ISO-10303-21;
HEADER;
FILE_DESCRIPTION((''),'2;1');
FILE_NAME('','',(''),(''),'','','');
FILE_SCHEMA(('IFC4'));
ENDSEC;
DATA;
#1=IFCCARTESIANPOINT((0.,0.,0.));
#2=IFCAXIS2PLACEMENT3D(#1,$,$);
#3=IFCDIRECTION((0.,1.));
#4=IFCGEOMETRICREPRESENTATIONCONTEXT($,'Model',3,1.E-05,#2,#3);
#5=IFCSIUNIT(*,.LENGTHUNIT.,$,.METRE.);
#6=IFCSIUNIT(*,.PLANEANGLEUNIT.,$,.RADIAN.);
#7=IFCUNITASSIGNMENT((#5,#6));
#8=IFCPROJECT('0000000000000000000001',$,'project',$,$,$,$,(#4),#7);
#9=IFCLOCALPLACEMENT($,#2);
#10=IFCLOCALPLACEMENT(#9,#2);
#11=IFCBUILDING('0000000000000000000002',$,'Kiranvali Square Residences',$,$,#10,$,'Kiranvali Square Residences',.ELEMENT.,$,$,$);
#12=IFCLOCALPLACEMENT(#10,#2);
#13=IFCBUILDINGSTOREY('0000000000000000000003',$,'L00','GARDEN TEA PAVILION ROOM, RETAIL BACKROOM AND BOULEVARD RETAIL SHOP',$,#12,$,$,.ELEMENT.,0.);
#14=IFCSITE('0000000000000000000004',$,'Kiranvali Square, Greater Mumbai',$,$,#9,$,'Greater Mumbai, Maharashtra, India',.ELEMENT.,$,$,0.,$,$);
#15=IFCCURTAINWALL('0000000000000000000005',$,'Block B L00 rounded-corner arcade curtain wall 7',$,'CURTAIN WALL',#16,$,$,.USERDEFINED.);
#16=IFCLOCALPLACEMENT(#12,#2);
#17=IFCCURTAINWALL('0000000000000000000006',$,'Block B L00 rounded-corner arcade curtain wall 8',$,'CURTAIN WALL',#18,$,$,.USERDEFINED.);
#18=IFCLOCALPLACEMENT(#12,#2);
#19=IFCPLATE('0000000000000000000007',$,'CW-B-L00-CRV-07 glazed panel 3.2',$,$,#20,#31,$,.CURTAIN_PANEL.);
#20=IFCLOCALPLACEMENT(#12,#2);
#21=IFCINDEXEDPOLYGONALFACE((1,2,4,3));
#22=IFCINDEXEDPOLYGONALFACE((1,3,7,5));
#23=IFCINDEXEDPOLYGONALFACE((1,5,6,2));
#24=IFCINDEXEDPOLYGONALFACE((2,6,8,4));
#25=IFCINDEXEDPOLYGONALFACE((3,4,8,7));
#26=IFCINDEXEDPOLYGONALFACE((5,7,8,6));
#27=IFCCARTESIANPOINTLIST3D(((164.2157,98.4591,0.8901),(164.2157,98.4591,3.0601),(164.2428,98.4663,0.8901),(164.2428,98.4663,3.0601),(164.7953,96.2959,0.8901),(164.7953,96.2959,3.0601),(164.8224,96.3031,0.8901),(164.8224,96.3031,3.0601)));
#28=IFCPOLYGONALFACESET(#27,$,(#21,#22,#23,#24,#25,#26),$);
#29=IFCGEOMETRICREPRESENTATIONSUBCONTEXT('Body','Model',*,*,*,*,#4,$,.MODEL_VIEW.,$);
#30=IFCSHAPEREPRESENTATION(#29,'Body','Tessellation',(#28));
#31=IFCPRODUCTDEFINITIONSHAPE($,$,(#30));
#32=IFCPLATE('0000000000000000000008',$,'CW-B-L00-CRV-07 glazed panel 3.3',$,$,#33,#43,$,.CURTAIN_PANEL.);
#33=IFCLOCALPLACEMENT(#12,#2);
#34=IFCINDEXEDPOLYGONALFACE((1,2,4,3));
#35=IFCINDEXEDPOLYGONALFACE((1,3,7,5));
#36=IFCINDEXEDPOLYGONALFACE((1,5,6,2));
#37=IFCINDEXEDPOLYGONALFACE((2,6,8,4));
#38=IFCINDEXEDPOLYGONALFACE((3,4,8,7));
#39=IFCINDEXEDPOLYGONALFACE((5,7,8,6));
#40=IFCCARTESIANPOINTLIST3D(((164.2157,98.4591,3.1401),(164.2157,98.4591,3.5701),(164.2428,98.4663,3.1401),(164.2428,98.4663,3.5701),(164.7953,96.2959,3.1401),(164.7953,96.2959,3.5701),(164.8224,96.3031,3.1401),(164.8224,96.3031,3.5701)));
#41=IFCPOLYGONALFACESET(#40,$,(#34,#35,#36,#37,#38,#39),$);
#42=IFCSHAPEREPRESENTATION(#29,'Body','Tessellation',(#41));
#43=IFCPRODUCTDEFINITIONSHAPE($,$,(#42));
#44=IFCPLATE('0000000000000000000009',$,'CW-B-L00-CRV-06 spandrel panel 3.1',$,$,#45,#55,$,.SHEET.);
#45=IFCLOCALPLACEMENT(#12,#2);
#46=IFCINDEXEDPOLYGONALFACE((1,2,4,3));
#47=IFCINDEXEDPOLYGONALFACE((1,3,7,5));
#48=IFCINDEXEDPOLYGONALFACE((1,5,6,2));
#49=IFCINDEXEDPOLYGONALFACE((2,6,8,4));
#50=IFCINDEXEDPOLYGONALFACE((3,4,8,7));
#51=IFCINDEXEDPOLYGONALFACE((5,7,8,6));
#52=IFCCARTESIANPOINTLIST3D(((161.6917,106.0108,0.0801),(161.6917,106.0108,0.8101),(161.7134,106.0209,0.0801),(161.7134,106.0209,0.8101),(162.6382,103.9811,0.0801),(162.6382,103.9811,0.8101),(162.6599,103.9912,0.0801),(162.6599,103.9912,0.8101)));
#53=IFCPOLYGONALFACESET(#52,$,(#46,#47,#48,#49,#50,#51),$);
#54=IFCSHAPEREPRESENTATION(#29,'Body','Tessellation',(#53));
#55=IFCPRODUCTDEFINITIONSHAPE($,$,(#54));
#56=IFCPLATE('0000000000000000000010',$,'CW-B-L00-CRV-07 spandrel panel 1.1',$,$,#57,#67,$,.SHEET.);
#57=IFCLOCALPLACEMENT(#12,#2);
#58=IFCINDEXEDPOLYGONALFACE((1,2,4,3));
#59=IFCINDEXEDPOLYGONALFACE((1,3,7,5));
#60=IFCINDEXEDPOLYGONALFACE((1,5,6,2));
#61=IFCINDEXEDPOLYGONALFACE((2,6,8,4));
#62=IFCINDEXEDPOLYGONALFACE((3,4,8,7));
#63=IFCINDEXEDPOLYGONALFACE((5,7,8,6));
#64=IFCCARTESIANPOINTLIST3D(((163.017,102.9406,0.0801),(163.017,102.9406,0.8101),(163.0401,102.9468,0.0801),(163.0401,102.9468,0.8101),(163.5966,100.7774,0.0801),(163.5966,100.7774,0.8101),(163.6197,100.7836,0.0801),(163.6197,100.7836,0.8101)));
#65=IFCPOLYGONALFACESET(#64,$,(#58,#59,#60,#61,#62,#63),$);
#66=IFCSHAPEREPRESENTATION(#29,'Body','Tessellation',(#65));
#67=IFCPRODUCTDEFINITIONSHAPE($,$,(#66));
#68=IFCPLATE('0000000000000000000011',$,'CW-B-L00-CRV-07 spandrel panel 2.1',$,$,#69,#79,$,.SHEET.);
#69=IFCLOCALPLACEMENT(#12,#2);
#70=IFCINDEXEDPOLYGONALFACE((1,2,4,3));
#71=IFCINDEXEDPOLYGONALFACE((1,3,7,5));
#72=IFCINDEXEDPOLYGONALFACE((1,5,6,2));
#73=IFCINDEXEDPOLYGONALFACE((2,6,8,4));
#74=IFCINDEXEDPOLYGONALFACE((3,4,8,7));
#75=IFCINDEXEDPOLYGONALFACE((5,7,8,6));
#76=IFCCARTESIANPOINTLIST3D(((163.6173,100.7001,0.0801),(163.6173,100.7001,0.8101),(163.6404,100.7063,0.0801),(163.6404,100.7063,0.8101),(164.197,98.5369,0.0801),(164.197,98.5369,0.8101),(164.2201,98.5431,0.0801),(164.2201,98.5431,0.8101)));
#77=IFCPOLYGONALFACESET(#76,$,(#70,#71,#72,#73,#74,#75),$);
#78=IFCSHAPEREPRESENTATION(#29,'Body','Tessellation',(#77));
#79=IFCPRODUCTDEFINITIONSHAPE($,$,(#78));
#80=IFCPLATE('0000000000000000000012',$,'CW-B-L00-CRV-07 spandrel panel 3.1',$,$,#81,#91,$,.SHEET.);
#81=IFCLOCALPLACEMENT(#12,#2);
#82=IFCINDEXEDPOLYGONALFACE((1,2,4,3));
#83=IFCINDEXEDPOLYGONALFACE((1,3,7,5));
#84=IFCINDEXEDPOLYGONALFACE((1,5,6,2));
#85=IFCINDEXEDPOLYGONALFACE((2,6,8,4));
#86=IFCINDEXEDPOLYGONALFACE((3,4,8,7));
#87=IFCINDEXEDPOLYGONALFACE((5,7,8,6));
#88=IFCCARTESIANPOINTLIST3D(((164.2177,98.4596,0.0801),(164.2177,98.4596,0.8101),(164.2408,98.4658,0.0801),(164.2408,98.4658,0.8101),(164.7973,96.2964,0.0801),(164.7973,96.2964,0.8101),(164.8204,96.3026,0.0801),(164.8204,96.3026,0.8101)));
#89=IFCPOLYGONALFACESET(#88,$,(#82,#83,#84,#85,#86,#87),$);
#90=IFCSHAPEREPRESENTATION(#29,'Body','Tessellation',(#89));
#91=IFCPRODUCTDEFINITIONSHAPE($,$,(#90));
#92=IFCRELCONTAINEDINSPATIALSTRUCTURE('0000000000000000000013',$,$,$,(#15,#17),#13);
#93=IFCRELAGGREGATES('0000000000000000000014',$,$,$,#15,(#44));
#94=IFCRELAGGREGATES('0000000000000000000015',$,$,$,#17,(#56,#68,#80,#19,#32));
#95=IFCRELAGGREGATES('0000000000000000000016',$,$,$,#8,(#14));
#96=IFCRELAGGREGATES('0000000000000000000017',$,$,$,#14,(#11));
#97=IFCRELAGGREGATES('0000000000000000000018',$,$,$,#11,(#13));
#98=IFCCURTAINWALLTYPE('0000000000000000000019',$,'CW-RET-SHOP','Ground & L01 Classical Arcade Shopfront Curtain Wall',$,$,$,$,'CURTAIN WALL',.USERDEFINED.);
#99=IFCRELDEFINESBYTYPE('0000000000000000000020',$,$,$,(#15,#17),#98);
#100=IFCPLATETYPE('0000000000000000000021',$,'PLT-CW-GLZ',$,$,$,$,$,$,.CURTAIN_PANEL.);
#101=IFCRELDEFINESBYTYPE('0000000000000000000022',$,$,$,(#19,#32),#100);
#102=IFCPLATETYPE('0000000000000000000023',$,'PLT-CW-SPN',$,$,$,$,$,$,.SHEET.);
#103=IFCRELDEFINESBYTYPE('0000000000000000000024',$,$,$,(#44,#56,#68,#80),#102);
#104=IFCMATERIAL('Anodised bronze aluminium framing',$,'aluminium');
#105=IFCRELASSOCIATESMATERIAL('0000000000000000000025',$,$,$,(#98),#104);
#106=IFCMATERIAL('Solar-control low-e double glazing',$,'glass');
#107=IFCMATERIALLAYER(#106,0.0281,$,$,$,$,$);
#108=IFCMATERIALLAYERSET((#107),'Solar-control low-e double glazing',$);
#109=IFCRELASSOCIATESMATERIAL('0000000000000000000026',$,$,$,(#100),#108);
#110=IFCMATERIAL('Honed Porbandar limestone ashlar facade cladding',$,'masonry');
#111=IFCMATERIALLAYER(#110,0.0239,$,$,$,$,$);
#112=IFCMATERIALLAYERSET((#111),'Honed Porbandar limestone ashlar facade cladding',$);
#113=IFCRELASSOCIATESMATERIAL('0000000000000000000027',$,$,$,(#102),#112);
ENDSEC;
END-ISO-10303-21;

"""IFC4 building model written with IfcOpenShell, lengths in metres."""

from ifc_helpers import new_model, si_unit, direction, frame, origin, origin_2d, place, context, subcontext, project, spatial, rectangle, extrude, material, layer, layer_set, type_object, element, aggregate, save


model = new_model("IFC4")

# Units and contexts
model_context = context("Model", 3, precision=1e-05, world=origin(), true_north=direction((0.0, 1.0)))
body_context = subcontext(model_context, "Body", "Model", "MODEL_VIEW")
ifc_project = project(units=[si_unit("LENGTHUNIT", "METRE"), si_unit("PLANEANGLEUNIT", "RADIAN")], contexts=[model_context])

# Site, building, storey
site_placement = place(None, origin())
site = spatial("IfcSite", under=ifc_project, at=site_placement, Name="Kiranvali Square, Greater Mumbai", LongName="Greater Mumbai, Maharashtra, India", CompositionType="ELEMENT", RefElevation=0.0)
building_placement = place(site_placement, origin())
building = spatial("IfcBuilding", under=site, at=building_placement, Name="Kiranvali Square Residences", LongName="Kiranvali Square Residences", CompositionType="ELEMENT")
storey_placement = place(building_placement, origin())
storey = spatial("IfcBuildingStorey", under=building, at=storey_placement, Name="L00", Description="GARDEN TEA PAVILION ROOM, RETAIL BACKROOM AND BOULEVARD RETAIL SHOP", CompositionType="ELEMENT", Elevation=0.0)

# Curtain wall
ifc_material_1 = material(Name="Anodised bronze aluminium framing", Category="aluminium")
curtain_wall_type = type_object("IfcCurtainWallType", Name="CW-RET-SHOP", Description="Ground & L01 Classical Arcade Shopfront Curtain Wall", ElementType="CURTAIN WALL", PredefinedType="USERDEFINED", material=ifc_material_1)
curtain_wall_1_placement = place(storey_placement, origin())
curtain_wall_1 = element("IfcCurtainWall", 1, at=curtain_wall_1_placement, inside=storey, type_object=curtain_wall_type, Name="Block B L00 rounded-corner arcade curtain wall 7", ObjectType="CURTAIN WALL", PredefinedType="USERDEFINED")

# Curtain wall
curtain_wall_2_placement = place(storey_placement, origin())
curtain_wall_2 = element("IfcCurtainWall", 2, at=curtain_wall_2_placement, inside=storey, type_object=curtain_wall_type, Name="Block B L00 rounded-corner arcade curtain wall 8", ObjectType="CURTAIN WALL", PredefinedType="USERDEFINED")

# Plates
ifc_material_2 = material(Name="Solar-control low-e double glazing", Category="glass")
ifc_layer_1 = layer(ifc_material_2, 0.0281)
ifc_layer_set_1 = layer_set([ifc_layer_1], Name="Solar-control low-e double glazing")
plate_type_1 = type_object("IfcPlateType", Name="PLT-CW-GLZ", PredefinedType="CURTAIN_PANEL", material=ifc_layer_set_1)
plate_1_placement = place(storey_placement, frame((164.519, 97.3811, 0.8901), z_axis=(0.0, 0.0, 1.0), x_axis=(0.258819, -0.965926, 0.0)))
plate_1 = element("IfcPlate", 3, at=plate_1_placement, type_object=plate_type_1, Name="CW-B-L00-CRV-07 glazed panel 3.2", PredefinedType="CURTAIN_PANEL", context=body_context, shape_type="SweptSolid", body=[
    extrude(rectangle(XDim=2.2395, YDim=0.0281, at=origin_2d()), origin(), (0.0, 0.0, 1.0), 2.1699),
])
plate_2_placement = place(storey_placement, frame((164.519, 97.3811, 3.1401), z_axis=(0.0, 0.0, 1.0), x_axis=(0.258819, -0.965926, 0.0)))
plate_2 = element("IfcPlate", 4, at=plate_2_placement, type_object=plate_type_1, Name="CW-B-L00-CRV-07 glazed panel 3.3", PredefinedType="CURTAIN_PANEL", context=body_context, shape_type="SweptSolid", body=[
    extrude(rectangle(XDim=2.2395, YDim=0.0281, at=origin_2d()), origin(), (0.0, 0.0, 1.0), 0.4299),
])
ifc_material_3 = material(Name="Honed Porbandar limestone ashlar facade cladding", Category="masonry")
ifc_layer_2 = layer(ifc_material_3, 0.0239)
ifc_layer_set_2 = layer_set([ifc_layer_2], Name="Honed Porbandar limestone ashlar facade cladding")
plate_type_2 = type_object("IfcPlateType", Name="PLT-CW-SPN", PredefinedType="SHEET", material=ifc_layer_set_2)
plate_3_placement = place(storey_placement, frame((162.1758, 105.001, 0.0801), z_axis=(0.0, 0.0, 1.0), x_axis=(0.422618, -0.906308, 0.0)))
plate_3 = element("IfcPlate", 5, at=plate_3_placement, type_object=plate_type_2, Name="CW-B-L00-CRV-06 spandrel panel 3.1", PredefinedType="SHEET", context=body_context, shape_type="SweptSolid", body=[
    extrude(rectangle(XDim=2.2395, YDim=0.0239, at=origin_2d()), origin(), (0.0, 0.0, 1.0), 0.73),
])
aggregate(curtain_wall_1, [plate_3])
plate_4_placement = place(storey_placement, frame((163.3184, 101.8621, 0.0801), z_axis=(0.0, 0.0, 1.0), x_axis=(0.258819, -0.965926, 0.0)))
plate_4 = element("IfcPlate", 6, at=plate_4_placement, type_object=plate_type_2, Name="CW-B-L00-CRV-07 spandrel panel 1.1", PredefinedType="SHEET", context=body_context, shape_type="SweptSolid", body=[
    extrude(rectangle(XDim=2.2395, YDim=0.0239, at=origin_2d()), origin(), (0.0, 0.0, 1.0), 0.73),
])
plate_5_placement = place(storey_placement, frame((163.9187, 99.6216, 0.0801), z_axis=(0.0, 0.0, 1.0), x_axis=(0.258819, -0.965926, 0.0)))
plate_5 = element("IfcPlate", 7, at=plate_5_placement, type_object=plate_type_2, Name="CW-B-L00-CRV-07 spandrel panel 2.1", PredefinedType="SHEET", context=body_context, shape_type="SweptSolid", body=[
    extrude(rectangle(XDim=2.2395, YDim=0.0239, at=origin_2d()), origin(), (0.0, 0.0, 1.0), 0.73),
])
plate_6_placement = place(storey_placement, frame((164.519, 97.3811, 0.0801), z_axis=(0.0, 0.0, 1.0), x_axis=(0.258819, -0.965926, 0.0)))
plate_6 = element("IfcPlate", 8, at=plate_6_placement, type_object=plate_type_2, Name="CW-B-L00-CRV-07 spandrel panel 3.1", PredefinedType="SHEET", context=body_context, shape_type="SweptSolid", body=[
    extrude(rectangle(XDim=2.2395, YDim=0.0239, at=origin_2d()), origin(), (0.0, 0.0, 1.0), 0.73),
])
aggregate(curtain_wall_2, [plate_4, plate_5, plate_6, plate_1, plate_2])

save(model, "model.ifc")
